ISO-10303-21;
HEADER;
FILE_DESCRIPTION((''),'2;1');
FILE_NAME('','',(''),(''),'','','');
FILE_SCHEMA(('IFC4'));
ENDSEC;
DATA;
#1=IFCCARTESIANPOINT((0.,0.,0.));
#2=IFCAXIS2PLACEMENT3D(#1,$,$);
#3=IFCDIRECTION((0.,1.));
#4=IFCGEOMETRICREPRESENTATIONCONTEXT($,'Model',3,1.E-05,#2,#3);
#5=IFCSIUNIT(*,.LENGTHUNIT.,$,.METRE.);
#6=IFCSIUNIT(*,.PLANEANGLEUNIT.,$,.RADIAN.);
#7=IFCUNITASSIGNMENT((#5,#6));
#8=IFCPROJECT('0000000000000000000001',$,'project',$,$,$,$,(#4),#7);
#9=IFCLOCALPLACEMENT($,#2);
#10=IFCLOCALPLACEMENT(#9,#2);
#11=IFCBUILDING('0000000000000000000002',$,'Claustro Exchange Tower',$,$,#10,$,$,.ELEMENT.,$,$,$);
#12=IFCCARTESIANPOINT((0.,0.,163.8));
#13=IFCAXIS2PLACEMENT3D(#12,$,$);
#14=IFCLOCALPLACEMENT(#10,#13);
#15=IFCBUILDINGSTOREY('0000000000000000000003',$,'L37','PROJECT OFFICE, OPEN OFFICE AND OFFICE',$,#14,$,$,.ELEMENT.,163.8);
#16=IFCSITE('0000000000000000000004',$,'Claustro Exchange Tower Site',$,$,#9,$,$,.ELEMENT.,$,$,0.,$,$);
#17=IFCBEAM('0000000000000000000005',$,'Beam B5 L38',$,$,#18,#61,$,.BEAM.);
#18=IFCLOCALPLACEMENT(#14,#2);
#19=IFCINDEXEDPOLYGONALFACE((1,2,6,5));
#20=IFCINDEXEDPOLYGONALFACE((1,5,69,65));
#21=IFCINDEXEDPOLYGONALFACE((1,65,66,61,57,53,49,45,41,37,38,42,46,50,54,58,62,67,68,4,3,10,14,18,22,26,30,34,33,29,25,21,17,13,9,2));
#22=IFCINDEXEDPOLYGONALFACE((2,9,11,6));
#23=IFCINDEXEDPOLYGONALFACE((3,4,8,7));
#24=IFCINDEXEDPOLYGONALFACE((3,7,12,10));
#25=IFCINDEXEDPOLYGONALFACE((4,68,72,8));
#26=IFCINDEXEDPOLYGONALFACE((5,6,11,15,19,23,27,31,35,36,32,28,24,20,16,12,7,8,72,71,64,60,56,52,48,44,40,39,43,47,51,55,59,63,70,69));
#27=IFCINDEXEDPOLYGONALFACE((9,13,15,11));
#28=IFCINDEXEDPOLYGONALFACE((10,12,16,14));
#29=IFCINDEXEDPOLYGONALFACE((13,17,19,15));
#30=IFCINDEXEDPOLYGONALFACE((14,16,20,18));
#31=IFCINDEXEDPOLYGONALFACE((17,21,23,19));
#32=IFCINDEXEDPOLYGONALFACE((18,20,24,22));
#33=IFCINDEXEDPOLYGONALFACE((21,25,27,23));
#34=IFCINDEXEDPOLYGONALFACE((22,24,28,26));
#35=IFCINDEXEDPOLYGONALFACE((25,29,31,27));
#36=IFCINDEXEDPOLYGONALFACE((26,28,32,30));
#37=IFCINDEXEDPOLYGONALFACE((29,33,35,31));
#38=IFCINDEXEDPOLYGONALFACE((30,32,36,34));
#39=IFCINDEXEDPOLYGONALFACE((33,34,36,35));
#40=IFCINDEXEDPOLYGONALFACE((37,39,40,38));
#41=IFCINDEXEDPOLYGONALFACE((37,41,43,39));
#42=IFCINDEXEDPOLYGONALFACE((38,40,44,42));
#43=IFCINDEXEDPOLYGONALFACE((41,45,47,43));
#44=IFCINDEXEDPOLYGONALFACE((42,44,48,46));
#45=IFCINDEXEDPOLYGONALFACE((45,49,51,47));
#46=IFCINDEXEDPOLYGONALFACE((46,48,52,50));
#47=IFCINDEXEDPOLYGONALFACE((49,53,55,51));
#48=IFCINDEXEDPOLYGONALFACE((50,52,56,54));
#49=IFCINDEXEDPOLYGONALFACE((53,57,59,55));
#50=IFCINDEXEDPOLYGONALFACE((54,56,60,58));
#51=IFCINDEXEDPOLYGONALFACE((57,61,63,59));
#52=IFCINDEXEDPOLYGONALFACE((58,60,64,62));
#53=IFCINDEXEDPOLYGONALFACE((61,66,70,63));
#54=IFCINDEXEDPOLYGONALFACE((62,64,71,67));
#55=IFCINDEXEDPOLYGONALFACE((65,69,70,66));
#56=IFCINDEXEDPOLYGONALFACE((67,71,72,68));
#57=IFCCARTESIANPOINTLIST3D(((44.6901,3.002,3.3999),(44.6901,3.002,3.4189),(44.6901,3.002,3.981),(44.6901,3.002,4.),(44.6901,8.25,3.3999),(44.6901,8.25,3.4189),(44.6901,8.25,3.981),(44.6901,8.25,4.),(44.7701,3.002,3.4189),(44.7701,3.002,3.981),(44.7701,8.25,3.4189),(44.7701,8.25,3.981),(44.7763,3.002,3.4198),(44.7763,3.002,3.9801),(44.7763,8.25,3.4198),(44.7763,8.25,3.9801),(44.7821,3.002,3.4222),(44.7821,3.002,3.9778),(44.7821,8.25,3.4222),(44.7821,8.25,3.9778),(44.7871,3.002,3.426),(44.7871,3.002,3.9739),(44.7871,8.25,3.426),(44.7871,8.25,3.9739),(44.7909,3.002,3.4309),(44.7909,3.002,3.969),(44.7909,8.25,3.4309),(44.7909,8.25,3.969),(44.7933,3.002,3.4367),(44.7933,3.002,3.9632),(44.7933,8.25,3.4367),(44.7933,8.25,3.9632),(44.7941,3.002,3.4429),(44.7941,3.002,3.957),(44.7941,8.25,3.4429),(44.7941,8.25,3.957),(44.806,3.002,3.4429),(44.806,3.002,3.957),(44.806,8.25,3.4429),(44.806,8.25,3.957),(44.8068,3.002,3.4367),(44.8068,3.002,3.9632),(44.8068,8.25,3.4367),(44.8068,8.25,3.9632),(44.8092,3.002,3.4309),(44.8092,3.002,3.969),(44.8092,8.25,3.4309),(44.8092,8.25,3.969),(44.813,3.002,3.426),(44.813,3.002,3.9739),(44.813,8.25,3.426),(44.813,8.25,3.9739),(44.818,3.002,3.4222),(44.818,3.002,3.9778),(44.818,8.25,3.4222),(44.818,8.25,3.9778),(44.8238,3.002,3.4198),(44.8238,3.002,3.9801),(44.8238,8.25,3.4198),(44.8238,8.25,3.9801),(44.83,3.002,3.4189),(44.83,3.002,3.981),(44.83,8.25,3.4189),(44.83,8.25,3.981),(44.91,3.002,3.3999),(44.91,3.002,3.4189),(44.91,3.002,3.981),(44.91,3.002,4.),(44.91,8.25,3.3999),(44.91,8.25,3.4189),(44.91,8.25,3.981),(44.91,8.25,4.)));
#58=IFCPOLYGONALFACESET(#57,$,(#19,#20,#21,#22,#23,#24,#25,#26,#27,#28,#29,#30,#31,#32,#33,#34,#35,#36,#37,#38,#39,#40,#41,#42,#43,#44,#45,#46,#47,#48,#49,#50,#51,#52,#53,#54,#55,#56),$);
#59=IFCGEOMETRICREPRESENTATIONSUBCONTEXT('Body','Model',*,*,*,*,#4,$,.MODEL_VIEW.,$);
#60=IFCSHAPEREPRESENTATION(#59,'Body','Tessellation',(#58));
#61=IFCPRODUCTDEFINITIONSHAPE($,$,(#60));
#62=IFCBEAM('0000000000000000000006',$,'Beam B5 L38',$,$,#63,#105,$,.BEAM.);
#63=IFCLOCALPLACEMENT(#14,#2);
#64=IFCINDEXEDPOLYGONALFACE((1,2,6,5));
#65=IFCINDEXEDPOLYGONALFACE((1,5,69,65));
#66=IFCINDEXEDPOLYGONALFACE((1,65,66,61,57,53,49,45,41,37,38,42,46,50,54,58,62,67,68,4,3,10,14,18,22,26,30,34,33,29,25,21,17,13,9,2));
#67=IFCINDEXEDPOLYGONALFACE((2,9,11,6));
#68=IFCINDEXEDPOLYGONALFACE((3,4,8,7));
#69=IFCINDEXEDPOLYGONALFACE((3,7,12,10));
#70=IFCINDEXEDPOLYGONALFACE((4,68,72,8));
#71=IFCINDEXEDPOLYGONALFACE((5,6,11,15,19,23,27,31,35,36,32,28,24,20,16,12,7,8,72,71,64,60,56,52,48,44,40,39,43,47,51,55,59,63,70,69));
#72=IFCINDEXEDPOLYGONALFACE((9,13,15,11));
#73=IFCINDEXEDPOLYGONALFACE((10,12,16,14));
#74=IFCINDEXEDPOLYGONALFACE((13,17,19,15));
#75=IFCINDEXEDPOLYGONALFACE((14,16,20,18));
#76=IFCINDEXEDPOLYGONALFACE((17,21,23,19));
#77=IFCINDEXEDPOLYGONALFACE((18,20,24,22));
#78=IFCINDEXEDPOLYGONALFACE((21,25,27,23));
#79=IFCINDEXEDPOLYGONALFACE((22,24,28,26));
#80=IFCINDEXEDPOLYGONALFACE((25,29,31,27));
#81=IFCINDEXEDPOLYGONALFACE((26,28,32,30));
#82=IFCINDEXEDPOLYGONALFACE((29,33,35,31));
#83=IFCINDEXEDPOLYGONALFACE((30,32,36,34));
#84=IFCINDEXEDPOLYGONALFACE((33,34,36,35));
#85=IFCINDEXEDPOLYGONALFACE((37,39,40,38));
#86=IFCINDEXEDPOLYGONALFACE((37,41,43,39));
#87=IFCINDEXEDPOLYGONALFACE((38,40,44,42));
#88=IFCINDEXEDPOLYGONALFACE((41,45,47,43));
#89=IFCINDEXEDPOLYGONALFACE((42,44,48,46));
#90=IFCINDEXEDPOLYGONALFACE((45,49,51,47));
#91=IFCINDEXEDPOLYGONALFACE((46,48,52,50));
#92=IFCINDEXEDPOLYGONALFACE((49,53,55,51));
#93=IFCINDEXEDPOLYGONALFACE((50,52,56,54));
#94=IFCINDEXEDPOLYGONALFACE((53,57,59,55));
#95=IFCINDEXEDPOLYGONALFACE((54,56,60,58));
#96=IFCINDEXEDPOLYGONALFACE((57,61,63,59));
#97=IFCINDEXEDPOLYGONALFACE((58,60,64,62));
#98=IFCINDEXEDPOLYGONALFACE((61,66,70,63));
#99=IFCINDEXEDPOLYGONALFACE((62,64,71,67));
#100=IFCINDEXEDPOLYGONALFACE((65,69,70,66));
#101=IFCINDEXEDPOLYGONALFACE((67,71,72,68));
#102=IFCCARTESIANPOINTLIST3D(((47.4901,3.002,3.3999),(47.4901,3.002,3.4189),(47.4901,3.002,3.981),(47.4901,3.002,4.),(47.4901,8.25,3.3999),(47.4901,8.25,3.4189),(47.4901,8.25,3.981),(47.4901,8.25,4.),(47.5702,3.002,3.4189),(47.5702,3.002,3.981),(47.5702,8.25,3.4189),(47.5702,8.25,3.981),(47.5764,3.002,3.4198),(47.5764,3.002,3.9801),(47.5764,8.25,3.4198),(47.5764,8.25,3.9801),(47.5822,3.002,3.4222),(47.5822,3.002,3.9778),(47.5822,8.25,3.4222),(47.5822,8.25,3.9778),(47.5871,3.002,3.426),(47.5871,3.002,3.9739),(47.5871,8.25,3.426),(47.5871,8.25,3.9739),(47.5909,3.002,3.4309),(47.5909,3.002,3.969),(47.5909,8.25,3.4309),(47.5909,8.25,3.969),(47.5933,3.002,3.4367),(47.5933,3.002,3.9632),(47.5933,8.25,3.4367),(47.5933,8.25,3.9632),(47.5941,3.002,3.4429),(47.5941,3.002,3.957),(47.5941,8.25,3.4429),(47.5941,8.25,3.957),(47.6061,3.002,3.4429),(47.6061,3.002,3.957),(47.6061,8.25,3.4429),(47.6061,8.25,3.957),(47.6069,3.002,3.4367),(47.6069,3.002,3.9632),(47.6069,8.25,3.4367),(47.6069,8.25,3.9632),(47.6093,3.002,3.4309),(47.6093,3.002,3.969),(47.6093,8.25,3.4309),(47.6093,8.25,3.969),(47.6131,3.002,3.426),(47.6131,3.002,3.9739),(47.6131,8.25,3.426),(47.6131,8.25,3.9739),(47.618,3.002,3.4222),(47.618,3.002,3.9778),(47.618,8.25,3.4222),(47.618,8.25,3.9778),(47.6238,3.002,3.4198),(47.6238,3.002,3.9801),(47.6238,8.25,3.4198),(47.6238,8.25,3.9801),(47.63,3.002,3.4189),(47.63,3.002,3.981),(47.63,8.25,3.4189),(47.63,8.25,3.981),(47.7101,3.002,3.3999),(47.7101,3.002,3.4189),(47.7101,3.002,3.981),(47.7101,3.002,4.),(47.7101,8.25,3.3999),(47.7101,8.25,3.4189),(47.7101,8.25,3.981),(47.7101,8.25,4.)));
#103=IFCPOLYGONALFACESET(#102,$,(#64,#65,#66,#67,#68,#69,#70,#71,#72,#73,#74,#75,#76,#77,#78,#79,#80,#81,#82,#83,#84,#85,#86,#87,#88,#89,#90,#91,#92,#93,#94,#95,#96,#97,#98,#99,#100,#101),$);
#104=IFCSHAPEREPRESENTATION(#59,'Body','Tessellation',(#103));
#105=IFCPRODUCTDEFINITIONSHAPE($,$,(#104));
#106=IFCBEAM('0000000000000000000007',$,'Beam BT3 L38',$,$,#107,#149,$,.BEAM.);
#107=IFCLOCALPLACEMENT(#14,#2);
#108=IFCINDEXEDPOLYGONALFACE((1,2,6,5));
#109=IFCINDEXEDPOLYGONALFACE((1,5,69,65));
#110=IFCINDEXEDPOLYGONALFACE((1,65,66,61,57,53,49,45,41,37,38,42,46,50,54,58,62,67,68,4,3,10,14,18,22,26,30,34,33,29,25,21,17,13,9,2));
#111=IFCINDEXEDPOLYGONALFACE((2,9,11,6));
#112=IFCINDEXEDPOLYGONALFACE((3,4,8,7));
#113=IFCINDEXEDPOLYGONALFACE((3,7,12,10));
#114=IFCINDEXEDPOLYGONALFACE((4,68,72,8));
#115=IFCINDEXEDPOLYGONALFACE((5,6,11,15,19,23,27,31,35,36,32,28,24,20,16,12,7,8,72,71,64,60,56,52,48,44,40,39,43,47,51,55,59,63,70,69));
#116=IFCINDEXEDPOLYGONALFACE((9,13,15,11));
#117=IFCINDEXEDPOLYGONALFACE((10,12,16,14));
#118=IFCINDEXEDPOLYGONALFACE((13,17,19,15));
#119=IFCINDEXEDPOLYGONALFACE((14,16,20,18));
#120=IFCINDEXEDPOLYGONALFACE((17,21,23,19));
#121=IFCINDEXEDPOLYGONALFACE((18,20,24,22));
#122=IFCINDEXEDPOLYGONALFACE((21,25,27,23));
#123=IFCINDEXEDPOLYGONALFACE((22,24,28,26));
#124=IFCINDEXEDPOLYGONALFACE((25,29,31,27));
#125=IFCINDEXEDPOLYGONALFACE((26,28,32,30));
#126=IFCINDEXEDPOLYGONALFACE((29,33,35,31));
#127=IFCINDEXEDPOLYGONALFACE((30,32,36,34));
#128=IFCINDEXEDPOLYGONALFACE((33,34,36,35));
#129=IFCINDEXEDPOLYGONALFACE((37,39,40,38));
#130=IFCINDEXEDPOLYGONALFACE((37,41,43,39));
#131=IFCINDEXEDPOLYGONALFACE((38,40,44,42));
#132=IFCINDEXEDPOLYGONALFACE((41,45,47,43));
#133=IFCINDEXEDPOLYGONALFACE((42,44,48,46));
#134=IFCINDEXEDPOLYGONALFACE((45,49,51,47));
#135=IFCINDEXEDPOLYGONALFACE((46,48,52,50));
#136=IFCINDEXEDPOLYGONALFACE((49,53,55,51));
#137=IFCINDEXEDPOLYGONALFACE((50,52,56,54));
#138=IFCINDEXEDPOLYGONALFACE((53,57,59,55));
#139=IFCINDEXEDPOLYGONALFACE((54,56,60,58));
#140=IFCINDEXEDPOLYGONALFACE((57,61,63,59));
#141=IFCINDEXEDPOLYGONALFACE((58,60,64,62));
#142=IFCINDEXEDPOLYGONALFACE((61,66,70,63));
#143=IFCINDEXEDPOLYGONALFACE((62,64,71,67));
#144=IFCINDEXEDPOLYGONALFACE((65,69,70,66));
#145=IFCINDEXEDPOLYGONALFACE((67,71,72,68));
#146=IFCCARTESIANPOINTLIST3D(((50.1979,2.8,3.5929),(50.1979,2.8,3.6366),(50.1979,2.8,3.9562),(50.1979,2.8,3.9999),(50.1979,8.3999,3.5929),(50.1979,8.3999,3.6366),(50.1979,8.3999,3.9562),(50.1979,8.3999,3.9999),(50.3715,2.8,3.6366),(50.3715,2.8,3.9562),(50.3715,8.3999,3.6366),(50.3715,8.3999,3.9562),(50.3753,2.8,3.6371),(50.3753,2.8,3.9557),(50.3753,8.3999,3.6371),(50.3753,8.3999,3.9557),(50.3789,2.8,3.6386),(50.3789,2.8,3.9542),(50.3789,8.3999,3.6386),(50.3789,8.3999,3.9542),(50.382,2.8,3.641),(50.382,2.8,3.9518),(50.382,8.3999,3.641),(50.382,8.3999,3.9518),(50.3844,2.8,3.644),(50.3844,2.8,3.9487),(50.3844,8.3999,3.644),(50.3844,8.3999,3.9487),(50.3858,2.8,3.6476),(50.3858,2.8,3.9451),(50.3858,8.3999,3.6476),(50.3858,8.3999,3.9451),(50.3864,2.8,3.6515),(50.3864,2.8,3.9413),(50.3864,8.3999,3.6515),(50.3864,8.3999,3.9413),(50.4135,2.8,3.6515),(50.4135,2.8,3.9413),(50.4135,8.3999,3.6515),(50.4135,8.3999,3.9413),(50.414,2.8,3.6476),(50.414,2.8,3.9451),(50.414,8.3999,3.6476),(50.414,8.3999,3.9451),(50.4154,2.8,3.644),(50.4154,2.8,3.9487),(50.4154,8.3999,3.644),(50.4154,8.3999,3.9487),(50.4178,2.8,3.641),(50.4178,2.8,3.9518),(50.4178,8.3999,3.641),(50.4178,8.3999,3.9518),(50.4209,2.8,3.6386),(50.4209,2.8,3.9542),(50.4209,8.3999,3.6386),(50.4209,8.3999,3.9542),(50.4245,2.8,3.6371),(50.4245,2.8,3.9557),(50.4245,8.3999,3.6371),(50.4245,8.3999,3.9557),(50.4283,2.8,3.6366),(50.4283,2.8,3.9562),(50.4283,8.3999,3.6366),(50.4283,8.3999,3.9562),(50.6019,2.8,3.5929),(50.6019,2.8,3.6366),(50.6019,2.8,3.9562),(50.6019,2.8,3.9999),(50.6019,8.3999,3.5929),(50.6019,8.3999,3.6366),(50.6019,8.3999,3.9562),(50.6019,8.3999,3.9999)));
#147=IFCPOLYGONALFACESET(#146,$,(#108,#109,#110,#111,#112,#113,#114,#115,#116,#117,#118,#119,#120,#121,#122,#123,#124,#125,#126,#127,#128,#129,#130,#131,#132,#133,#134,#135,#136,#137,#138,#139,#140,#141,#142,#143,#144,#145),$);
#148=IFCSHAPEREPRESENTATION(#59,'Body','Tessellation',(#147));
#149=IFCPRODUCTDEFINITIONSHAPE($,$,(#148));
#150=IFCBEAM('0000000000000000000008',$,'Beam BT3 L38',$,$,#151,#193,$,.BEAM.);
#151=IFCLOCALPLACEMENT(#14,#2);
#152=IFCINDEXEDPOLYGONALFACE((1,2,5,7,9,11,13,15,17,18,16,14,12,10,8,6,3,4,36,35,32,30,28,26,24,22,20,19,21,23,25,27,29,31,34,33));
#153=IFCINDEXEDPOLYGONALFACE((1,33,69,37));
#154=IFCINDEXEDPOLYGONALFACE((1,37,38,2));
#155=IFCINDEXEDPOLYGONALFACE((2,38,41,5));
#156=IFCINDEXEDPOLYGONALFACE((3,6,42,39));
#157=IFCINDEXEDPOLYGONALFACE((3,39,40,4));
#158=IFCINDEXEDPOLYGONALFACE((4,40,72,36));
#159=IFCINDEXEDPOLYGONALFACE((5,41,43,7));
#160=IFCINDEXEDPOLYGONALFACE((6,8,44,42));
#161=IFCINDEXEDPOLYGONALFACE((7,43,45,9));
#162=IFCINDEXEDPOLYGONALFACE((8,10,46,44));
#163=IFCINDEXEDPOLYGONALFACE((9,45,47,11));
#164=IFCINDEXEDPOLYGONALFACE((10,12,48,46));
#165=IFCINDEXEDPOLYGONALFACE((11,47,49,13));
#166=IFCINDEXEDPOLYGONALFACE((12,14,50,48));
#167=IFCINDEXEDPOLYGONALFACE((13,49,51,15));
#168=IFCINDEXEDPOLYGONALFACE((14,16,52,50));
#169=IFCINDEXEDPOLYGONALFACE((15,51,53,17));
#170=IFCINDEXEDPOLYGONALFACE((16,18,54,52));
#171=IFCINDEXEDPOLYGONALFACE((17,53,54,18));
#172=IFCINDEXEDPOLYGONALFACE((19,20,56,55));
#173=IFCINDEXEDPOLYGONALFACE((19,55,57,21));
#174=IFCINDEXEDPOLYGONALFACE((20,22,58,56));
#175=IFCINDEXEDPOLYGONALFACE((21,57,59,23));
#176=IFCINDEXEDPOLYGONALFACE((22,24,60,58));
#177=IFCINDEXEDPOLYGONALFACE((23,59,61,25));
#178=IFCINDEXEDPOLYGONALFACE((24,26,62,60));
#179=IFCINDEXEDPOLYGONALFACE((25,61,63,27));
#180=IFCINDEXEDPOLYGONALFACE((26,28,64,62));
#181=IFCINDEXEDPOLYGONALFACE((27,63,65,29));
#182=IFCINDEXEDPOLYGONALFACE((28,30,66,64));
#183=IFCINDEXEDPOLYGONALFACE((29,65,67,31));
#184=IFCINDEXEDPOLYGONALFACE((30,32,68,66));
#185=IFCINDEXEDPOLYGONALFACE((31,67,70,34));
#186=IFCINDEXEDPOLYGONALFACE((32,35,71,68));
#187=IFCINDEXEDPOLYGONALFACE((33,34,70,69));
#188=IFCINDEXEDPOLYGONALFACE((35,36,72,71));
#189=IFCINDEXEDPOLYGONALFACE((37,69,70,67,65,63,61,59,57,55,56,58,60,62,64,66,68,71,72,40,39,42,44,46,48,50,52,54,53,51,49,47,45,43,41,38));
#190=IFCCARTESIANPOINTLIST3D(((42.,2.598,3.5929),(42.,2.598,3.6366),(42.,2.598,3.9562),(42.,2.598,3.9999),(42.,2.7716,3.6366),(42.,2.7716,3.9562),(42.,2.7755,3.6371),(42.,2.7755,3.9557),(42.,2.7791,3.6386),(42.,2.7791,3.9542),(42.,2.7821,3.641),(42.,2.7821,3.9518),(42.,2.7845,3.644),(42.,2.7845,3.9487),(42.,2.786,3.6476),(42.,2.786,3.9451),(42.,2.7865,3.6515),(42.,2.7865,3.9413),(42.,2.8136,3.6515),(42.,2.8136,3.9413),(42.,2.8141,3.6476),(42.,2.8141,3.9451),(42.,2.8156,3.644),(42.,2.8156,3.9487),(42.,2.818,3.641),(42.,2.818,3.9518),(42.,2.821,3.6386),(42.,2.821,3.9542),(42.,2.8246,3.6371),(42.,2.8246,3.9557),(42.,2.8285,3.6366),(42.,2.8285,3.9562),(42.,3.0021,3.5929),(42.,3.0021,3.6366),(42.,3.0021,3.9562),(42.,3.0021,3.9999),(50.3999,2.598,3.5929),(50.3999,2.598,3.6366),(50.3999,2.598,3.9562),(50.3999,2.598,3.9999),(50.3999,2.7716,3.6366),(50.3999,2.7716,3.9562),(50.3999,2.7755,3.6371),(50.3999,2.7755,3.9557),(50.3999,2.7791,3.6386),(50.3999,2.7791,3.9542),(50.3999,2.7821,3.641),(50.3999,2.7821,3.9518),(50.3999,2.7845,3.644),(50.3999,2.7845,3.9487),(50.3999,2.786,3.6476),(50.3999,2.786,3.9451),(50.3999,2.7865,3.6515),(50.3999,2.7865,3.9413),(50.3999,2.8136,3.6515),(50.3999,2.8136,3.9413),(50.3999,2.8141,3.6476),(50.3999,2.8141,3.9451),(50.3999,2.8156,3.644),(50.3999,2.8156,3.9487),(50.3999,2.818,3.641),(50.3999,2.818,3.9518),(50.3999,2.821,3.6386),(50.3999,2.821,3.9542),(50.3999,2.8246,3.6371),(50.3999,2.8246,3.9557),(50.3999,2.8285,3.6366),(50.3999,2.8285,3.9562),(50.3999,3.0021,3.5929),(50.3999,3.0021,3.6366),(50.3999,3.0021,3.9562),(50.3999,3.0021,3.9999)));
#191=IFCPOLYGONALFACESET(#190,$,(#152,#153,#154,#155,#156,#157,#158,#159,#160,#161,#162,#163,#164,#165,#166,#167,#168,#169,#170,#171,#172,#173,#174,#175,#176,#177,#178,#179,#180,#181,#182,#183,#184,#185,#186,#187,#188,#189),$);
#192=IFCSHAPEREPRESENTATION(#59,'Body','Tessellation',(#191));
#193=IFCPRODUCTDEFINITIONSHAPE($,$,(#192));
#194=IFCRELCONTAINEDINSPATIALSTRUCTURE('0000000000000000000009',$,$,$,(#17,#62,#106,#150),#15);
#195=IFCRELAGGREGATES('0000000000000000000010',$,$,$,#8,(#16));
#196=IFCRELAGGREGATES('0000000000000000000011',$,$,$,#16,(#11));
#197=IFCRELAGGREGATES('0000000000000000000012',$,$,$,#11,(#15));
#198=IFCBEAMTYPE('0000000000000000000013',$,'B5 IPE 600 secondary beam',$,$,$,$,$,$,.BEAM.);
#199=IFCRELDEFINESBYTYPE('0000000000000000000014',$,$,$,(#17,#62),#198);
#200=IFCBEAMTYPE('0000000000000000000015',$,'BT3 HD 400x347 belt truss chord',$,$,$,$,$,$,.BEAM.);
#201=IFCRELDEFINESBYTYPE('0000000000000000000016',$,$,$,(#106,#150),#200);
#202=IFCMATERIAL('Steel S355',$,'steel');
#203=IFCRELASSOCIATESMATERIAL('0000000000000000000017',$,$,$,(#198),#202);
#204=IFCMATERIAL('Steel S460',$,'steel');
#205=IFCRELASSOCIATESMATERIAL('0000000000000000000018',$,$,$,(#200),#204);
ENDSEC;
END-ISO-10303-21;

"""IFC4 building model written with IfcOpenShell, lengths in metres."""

from ifc_helpers import new_model, si_unit, direction, frame, origin, origin_2d, place, context, subcontext, project, spatial, i_section, extrude, material, material_profile, profile_set, type_object, element, save


model = new_model("IFC4")

# Units and contexts
model_context = context("Model", 3, precision=1e-05, world=origin(), true_north=direction((0.0, 1.0)))
body_context = subcontext(model_context, "Body", "Model", "MODEL_VIEW")
ifc_project = project(units=[si_unit("LENGTHUNIT", "METRE"), si_unit("PLANEANGLEUNIT", "RADIAN")], contexts=[model_context])

# Site, building, storey
site_placement = place(None, origin())
site = spatial("IfcSite", under=ifc_project, at=site_placement, Name="Claustro Exchange Tower Site", CompositionType="ELEMENT", RefElevation=0.0)
building_placement = place(site_placement, origin())
building = spatial("IfcBuilding", under=site, at=building_placement, Name="Claustro Exchange Tower", CompositionType="ELEMENT")
storey_placement = place(building_placement, frame((0.0, 0.0, 163.8)))
storey = spatial("IfcBuildingStorey", under=building, at=storey_placement, Name="L37", Description="PROJECT OFFICE, OPEN OFFICE AND OFFICE", CompositionType="ELEMENT", Elevation=163.8)

# Beams
ifc_material_1 = material(Name="Steel S355", Category="steel")
ifc_material_profile_1 = material_profile(ifc_material_1, i_section(OverallWidth=0.22, OverallDepth=0.6001, WebThickness=0.012, FlangeThickness=0.019, FilletRadius=0.0239, at=origin_2d()), Name="IPE 600")
ifc_profile_set_1 = profile_set([ifc_material_profile_1], Name="Steel S355")
beam_type_1 = type_object("IfcBeamType", Name="B5 IPE 600 secondary beam", PredefinedType="BEAM", material=ifc_profile_set_1)
for number, where, z_axis, x_axis, name in (
    (1, (44.8, 3.002, 3.7), (0.0, 1.0, 0.0), (-1.0, 0.0, 0.0), "Beam B5 L38"),
    (2, (47.6001, 3.002, 3.7), (0.0, 1.0, 0.0), (-1.0, 0.0, 0.0), "Beam B5 L38"),
):
    element("IfcBeam", number, at=place(storey_placement, frame(where, z_axis=z_axis, x_axis=x_axis)), inside=storey, type_object=beam_type_1, Name=name, PredefinedType="BEAM", context=body_context, shape_type="SweptSolid", body=[
        extrude(i_section(OverallWidth=0.22, OverallDepth=0.6001, WebThickness=0.012, FlangeThickness=0.019, FilletRadius=0.0239, at=origin_2d()), origin(), (0.0, 0.0, 1.0), 5.248),
    ])
ifc_material_2 = material(Name="Steel S460", Category="steel")
ifc_material_profile_2 = material_profile(ifc_material_2, i_section(OverallWidth=0.4041, OverallDepth=0.407, WebThickness=0.0271, FlangeThickness=0.0437, FilletRadius=0.0149, at=origin_2d()), Name="HD 400x347")
ifc_profile_set_2 = profile_set([ifc_material_profile_2], Name="Steel S460")
beam_type_2 = type_object("IfcBeamType", Name="BT3 HD 400x347 belt truss chord", PredefinedType="BEAM", material=ifc_profile_set_2)
beam_1_placement = place(storey_placement, frame((50.3999, 2.8, 3.7964), z_axis=(0.0, 1.0, 0.0), x_axis=(-1.0, 0.0, 0.0)))
element("IfcBeam", 3, at=beam_1_placement, inside=storey, type_object=beam_type_2, Name="Beam BT3 L38", PredefinedType="BEAM", context=body_context, shape_type="SweptSolid", body=[
    extrude(i_section(OverallWidth=0.4041, OverallDepth=0.407, WebThickness=0.0271, FlangeThickness=0.0437, FilletRadius=0.0149, at=origin_2d()), origin(), (0.0, 0.0, 1.0), 5.5999),
])
beam_2_placement = place(storey_placement, frame((42.0, 2.8, 3.7964), z_axis=(1.0, 0.0, 0.0), x_axis=(0.0, 1.0, 0.0)))
element("IfcBeam", 4, at=beam_2_placement, inside=storey, type_object=beam_type_2, Name="Beam BT3 L38", PredefinedType="BEAM", context=body_context, shape_type="SweptSolid", body=[
    extrude(i_section(OverallWidth=0.4041, OverallDepth=0.407, WebThickness=0.0271, FlangeThickness=0.0437, FilletRadius=0.0149, at=origin_2d()), origin(), (0.0, 0.0, 1.0), 8.3999),
])

save(model, "model.ifc")
